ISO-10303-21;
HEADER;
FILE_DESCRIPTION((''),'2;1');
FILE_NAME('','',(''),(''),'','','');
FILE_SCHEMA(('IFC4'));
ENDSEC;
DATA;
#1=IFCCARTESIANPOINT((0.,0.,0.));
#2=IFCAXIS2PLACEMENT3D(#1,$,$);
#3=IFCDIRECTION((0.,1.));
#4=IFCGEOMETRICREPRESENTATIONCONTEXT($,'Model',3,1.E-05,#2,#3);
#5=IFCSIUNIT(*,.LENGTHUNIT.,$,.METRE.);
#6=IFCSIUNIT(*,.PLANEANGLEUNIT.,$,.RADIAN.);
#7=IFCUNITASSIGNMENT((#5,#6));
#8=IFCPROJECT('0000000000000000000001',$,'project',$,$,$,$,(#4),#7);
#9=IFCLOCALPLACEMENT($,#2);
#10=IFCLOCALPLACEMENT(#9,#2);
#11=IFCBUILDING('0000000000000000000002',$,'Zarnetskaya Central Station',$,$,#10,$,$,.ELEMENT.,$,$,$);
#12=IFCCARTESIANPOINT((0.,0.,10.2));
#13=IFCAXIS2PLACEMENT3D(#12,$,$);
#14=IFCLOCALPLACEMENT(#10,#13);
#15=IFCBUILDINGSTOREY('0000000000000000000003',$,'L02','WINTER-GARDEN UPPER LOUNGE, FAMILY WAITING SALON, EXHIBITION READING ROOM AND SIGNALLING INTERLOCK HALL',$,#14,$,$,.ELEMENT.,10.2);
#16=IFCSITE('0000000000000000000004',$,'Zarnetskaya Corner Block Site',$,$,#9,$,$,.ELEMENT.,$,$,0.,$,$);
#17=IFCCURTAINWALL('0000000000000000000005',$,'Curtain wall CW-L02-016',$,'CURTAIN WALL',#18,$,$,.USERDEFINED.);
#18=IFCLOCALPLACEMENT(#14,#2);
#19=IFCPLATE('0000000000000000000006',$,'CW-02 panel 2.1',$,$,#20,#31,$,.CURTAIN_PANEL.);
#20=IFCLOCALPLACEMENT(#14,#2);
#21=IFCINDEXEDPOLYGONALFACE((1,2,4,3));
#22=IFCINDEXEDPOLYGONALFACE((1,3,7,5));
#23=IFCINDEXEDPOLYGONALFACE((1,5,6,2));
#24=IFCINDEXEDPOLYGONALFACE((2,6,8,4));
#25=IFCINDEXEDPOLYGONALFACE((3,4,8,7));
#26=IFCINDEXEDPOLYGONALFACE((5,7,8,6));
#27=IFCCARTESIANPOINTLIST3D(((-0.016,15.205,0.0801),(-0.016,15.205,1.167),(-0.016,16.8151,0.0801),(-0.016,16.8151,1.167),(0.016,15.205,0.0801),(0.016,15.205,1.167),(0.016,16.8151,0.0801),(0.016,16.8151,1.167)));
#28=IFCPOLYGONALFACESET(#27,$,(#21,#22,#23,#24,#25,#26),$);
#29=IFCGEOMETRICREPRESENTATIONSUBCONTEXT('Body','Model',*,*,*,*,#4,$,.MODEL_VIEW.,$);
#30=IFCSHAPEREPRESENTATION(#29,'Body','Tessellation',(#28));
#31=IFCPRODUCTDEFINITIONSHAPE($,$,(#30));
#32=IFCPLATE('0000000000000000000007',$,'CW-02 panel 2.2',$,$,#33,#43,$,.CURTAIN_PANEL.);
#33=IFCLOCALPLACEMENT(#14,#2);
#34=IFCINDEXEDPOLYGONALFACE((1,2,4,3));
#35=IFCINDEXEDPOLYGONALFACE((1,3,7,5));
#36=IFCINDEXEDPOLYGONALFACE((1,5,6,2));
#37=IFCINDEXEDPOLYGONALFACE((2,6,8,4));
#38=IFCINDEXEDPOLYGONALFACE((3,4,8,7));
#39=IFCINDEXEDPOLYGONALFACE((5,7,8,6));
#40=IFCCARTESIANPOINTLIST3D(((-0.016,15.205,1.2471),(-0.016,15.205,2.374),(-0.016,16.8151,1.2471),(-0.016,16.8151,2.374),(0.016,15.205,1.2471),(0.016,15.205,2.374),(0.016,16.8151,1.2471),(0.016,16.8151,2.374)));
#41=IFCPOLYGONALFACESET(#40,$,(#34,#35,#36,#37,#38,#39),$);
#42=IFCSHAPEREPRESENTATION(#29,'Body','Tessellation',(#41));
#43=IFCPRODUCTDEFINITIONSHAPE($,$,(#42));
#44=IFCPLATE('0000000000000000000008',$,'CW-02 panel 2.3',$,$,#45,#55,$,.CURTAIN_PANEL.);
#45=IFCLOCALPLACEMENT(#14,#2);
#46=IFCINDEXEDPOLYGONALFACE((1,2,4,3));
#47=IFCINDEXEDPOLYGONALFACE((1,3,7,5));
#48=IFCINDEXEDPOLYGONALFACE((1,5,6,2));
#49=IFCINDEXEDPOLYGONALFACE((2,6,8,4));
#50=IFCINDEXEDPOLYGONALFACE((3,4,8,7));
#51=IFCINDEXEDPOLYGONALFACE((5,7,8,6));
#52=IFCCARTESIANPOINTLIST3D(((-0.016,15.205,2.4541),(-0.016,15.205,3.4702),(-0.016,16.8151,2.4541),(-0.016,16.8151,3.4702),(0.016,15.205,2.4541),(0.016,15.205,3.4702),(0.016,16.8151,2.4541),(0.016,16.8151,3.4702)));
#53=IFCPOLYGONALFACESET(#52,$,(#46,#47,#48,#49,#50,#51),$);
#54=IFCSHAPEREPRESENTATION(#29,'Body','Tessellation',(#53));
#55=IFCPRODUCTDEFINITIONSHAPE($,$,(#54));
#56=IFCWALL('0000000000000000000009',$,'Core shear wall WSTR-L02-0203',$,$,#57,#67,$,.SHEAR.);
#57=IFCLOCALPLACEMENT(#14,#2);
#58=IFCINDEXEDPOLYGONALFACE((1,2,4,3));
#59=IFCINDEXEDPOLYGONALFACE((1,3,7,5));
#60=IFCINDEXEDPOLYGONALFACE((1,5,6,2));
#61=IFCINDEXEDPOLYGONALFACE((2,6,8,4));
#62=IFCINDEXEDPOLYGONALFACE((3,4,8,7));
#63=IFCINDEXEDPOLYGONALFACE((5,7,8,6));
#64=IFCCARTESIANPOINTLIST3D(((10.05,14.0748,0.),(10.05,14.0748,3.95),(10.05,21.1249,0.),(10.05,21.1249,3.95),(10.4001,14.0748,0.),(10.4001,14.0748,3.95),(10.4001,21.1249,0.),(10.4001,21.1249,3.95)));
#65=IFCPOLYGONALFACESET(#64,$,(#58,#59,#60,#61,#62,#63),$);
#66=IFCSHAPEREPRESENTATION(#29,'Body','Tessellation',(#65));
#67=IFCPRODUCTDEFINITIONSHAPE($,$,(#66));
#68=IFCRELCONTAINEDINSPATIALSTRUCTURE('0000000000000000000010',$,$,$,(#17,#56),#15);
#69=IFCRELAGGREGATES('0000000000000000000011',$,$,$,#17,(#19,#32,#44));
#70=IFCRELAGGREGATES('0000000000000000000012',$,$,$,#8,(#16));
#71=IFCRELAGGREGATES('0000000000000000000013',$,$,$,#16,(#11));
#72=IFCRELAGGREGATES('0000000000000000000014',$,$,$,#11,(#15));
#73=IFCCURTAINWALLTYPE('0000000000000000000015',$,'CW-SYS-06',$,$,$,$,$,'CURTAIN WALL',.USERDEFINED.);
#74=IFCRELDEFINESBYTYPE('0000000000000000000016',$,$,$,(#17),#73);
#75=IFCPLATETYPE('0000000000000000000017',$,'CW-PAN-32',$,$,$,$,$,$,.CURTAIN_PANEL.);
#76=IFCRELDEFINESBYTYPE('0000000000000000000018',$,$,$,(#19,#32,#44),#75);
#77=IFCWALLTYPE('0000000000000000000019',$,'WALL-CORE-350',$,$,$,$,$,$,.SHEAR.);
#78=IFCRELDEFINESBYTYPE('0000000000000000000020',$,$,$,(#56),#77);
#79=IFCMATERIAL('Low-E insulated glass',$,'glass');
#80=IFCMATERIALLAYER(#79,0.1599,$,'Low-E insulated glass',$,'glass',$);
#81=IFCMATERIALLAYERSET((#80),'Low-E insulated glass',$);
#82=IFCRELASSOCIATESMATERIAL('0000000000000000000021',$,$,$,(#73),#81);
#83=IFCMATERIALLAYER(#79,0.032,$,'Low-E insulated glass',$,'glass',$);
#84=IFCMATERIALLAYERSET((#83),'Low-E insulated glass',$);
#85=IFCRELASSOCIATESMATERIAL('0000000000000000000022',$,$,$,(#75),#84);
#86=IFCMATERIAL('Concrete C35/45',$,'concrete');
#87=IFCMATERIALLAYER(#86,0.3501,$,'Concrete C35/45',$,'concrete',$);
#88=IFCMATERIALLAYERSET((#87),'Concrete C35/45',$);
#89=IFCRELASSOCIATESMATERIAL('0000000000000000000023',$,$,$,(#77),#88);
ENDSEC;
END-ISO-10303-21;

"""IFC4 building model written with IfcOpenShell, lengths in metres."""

from ifc_helpers import new_model, si_unit, direction, frame, frame_2d, origin, origin_2d, place, context, subcontext, project, spatial, rectangle, extrude, material, layer, layer_set, type_object, element, aggregate, save


model = new_model("IFC4")

# Units and contexts
model_context = context("Model", 3, precision=1e-05, world=origin(), true_north=direction((0.0, 1.0)))
body_context = subcontext(model_context, "Body", "Model", "MODEL_VIEW")
ifc_project = project(units=[si_unit("LENGTHUNIT", "METRE"), si_unit("PLANEANGLEUNIT", "RADIAN")], contexts=[model_context])

# Site, building, storey
site_placement = place(None, origin())
site = spatial("IfcSite", under=ifc_project, at=site_placement, Name="Zarnetskaya Corner Block Site", CompositionType="ELEMENT", RefElevation=0.0)
building_placement = place(site_placement, origin())
building = spatial("IfcBuilding", under=site, at=building_placement, Name="Zarnetskaya Central Station", CompositionType="ELEMENT")
storey_placement = place(building_placement, frame((0.0, 0.0, 10.2)))
storey = spatial("IfcBuildingStorey", under=building, at=storey_placement, Name="L02", Description="WINTER-GARDEN UPPER LOUNGE, FAMILY WAITING SALON, EXHIBITION READING ROOM AND SIGNALLING INTERLOCK HALL", CompositionType="ELEMENT", Elevation=10.2)

# Curtain wall
ifc_material_1 = material(Name="Low-E insulated glass", Category="glass")
ifc_layer_1 = layer(ifc_material_1, 0.1599, Name="Low-E insulated glass", Category="glass")
ifc_layer_set_1 = layer_set([ifc_layer_1], Name="Low-E insulated glass")
curtain_wall_type = type_object("IfcCurtainWallType", Name="CW-SYS-06", ElementType="CURTAIN WALL", PredefinedType="USERDEFINED", material=ifc_layer_set_1)
curtain_wall_placement = place(storey_placement, origin())
curtain_wall = element("IfcCurtainWall", 1, at=curtain_wall_placement, inside=storey, type_object=curtain_wall_type, Name="Curtain wall CW-L02-016", ObjectType="CURTAIN WALL", PredefinedType="USERDEFINED")

# Plates
ifc_layer_2 = layer(ifc_material_1, 0.032, Name="Low-E insulated glass", Category="glass")
ifc_layer_set_2 = layer_set([ifc_layer_2], Name="Low-E insulated glass")
plate_type = type_object("IfcPlateType", Name="CW-PAN-32", PredefinedType="CURTAIN_PANEL", material=ifc_layer_set_2)
plate_1_placement = place(storey_placement, frame((0.0, 16.01, 0.0801), z_axis=(0.0, 0.0, 1.0), x_axis=(0.0, 1.0, 0.0)))
plate_1 = element("IfcPlate", 2, at=plate_1_placement, type_object=plate_type, Name="CW-02 panel 2.1", PredefinedType="CURTAIN_PANEL", context=body_context, shape_type="SweptSolid", body=[
    extrude(rectangle(XDim=1.6101, YDim=0.032, at=origin_2d()), origin(), (0.0, 0.0, 1.0), 1.0869),
])
plate_2_placement = place(storey_placement, frame((0.0, 16.01, 1.2471), z_axis=(0.0, 0.0, 1.0), x_axis=(0.0, 1.0, 0.0)))
plate_2 = element("IfcPlate", 3, at=plate_2_placement, type_object=plate_type, Name="CW-02 panel 2.2", PredefinedType="CURTAIN_PANEL", context=body_context, shape_type="SweptSolid", body=[
    extrude(rectangle(XDim=1.6101, YDim=0.032, at=origin_2d()), origin(), (0.0, 0.0, 1.0), 1.127),
])
plate_3_placement = place(storey_placement, frame((0.0, 16.01, 2.4541), z_axis=(0.0, 0.0, 1.0), x_axis=(0.0, 1.0, 0.0)))
plate_3 = element("IfcPlate", 4, at=plate_3_placement, type_object=plate_type, Name="CW-02 panel 2.3", PredefinedType="CURTAIN_PANEL", context=body_context, shape_type="SweptSolid", body=[
    extrude(rectangle(XDim=1.6101, YDim=0.032, at=origin_2d()), origin(), (0.0, 0.0, 1.0), 1.0161),
])
aggregate(curtain_wall, [plate_1, plate_2, plate_3])

# Wall
ifc_material_2 = material(Name="Concrete C35/45", Category="concrete")
ifc_layer_3 = layer(ifc_material_2, 0.3501, Name="Concrete C35/45", Category="concrete")
ifc_layer_set_3 = layer_set([ifc_layer_3], Name="Concrete C35/45")
wall_type_1 = type_object("IfcWallType", Name="WALL-CORE-350", PredefinedType="SHEAR", material=ifc_layer_set_3)
wall_1_placement = place(storey_placement, frame((10.2251, 14.075, 0.0), z_axis=(0.0, 0.0, 1.0), x_axis=(0.0, 1.0, 0.0)))
element("IfcWall", 5, at=wall_1_placement, inside=storey, type_object=wall_type_1, Name="Core shear wall WSTR-L02-0203", PredefinedType="SHEAR", context=body_context, shape_type="SweptSolid", body=[
    extrude(rectangle(XDim=7.05, YDim=0.3501, at=frame_2d((3.5249, 0.0))), origin(), (0.0, 0.0, 1.0), 3.95),
])

save(model, "model.ifc")
